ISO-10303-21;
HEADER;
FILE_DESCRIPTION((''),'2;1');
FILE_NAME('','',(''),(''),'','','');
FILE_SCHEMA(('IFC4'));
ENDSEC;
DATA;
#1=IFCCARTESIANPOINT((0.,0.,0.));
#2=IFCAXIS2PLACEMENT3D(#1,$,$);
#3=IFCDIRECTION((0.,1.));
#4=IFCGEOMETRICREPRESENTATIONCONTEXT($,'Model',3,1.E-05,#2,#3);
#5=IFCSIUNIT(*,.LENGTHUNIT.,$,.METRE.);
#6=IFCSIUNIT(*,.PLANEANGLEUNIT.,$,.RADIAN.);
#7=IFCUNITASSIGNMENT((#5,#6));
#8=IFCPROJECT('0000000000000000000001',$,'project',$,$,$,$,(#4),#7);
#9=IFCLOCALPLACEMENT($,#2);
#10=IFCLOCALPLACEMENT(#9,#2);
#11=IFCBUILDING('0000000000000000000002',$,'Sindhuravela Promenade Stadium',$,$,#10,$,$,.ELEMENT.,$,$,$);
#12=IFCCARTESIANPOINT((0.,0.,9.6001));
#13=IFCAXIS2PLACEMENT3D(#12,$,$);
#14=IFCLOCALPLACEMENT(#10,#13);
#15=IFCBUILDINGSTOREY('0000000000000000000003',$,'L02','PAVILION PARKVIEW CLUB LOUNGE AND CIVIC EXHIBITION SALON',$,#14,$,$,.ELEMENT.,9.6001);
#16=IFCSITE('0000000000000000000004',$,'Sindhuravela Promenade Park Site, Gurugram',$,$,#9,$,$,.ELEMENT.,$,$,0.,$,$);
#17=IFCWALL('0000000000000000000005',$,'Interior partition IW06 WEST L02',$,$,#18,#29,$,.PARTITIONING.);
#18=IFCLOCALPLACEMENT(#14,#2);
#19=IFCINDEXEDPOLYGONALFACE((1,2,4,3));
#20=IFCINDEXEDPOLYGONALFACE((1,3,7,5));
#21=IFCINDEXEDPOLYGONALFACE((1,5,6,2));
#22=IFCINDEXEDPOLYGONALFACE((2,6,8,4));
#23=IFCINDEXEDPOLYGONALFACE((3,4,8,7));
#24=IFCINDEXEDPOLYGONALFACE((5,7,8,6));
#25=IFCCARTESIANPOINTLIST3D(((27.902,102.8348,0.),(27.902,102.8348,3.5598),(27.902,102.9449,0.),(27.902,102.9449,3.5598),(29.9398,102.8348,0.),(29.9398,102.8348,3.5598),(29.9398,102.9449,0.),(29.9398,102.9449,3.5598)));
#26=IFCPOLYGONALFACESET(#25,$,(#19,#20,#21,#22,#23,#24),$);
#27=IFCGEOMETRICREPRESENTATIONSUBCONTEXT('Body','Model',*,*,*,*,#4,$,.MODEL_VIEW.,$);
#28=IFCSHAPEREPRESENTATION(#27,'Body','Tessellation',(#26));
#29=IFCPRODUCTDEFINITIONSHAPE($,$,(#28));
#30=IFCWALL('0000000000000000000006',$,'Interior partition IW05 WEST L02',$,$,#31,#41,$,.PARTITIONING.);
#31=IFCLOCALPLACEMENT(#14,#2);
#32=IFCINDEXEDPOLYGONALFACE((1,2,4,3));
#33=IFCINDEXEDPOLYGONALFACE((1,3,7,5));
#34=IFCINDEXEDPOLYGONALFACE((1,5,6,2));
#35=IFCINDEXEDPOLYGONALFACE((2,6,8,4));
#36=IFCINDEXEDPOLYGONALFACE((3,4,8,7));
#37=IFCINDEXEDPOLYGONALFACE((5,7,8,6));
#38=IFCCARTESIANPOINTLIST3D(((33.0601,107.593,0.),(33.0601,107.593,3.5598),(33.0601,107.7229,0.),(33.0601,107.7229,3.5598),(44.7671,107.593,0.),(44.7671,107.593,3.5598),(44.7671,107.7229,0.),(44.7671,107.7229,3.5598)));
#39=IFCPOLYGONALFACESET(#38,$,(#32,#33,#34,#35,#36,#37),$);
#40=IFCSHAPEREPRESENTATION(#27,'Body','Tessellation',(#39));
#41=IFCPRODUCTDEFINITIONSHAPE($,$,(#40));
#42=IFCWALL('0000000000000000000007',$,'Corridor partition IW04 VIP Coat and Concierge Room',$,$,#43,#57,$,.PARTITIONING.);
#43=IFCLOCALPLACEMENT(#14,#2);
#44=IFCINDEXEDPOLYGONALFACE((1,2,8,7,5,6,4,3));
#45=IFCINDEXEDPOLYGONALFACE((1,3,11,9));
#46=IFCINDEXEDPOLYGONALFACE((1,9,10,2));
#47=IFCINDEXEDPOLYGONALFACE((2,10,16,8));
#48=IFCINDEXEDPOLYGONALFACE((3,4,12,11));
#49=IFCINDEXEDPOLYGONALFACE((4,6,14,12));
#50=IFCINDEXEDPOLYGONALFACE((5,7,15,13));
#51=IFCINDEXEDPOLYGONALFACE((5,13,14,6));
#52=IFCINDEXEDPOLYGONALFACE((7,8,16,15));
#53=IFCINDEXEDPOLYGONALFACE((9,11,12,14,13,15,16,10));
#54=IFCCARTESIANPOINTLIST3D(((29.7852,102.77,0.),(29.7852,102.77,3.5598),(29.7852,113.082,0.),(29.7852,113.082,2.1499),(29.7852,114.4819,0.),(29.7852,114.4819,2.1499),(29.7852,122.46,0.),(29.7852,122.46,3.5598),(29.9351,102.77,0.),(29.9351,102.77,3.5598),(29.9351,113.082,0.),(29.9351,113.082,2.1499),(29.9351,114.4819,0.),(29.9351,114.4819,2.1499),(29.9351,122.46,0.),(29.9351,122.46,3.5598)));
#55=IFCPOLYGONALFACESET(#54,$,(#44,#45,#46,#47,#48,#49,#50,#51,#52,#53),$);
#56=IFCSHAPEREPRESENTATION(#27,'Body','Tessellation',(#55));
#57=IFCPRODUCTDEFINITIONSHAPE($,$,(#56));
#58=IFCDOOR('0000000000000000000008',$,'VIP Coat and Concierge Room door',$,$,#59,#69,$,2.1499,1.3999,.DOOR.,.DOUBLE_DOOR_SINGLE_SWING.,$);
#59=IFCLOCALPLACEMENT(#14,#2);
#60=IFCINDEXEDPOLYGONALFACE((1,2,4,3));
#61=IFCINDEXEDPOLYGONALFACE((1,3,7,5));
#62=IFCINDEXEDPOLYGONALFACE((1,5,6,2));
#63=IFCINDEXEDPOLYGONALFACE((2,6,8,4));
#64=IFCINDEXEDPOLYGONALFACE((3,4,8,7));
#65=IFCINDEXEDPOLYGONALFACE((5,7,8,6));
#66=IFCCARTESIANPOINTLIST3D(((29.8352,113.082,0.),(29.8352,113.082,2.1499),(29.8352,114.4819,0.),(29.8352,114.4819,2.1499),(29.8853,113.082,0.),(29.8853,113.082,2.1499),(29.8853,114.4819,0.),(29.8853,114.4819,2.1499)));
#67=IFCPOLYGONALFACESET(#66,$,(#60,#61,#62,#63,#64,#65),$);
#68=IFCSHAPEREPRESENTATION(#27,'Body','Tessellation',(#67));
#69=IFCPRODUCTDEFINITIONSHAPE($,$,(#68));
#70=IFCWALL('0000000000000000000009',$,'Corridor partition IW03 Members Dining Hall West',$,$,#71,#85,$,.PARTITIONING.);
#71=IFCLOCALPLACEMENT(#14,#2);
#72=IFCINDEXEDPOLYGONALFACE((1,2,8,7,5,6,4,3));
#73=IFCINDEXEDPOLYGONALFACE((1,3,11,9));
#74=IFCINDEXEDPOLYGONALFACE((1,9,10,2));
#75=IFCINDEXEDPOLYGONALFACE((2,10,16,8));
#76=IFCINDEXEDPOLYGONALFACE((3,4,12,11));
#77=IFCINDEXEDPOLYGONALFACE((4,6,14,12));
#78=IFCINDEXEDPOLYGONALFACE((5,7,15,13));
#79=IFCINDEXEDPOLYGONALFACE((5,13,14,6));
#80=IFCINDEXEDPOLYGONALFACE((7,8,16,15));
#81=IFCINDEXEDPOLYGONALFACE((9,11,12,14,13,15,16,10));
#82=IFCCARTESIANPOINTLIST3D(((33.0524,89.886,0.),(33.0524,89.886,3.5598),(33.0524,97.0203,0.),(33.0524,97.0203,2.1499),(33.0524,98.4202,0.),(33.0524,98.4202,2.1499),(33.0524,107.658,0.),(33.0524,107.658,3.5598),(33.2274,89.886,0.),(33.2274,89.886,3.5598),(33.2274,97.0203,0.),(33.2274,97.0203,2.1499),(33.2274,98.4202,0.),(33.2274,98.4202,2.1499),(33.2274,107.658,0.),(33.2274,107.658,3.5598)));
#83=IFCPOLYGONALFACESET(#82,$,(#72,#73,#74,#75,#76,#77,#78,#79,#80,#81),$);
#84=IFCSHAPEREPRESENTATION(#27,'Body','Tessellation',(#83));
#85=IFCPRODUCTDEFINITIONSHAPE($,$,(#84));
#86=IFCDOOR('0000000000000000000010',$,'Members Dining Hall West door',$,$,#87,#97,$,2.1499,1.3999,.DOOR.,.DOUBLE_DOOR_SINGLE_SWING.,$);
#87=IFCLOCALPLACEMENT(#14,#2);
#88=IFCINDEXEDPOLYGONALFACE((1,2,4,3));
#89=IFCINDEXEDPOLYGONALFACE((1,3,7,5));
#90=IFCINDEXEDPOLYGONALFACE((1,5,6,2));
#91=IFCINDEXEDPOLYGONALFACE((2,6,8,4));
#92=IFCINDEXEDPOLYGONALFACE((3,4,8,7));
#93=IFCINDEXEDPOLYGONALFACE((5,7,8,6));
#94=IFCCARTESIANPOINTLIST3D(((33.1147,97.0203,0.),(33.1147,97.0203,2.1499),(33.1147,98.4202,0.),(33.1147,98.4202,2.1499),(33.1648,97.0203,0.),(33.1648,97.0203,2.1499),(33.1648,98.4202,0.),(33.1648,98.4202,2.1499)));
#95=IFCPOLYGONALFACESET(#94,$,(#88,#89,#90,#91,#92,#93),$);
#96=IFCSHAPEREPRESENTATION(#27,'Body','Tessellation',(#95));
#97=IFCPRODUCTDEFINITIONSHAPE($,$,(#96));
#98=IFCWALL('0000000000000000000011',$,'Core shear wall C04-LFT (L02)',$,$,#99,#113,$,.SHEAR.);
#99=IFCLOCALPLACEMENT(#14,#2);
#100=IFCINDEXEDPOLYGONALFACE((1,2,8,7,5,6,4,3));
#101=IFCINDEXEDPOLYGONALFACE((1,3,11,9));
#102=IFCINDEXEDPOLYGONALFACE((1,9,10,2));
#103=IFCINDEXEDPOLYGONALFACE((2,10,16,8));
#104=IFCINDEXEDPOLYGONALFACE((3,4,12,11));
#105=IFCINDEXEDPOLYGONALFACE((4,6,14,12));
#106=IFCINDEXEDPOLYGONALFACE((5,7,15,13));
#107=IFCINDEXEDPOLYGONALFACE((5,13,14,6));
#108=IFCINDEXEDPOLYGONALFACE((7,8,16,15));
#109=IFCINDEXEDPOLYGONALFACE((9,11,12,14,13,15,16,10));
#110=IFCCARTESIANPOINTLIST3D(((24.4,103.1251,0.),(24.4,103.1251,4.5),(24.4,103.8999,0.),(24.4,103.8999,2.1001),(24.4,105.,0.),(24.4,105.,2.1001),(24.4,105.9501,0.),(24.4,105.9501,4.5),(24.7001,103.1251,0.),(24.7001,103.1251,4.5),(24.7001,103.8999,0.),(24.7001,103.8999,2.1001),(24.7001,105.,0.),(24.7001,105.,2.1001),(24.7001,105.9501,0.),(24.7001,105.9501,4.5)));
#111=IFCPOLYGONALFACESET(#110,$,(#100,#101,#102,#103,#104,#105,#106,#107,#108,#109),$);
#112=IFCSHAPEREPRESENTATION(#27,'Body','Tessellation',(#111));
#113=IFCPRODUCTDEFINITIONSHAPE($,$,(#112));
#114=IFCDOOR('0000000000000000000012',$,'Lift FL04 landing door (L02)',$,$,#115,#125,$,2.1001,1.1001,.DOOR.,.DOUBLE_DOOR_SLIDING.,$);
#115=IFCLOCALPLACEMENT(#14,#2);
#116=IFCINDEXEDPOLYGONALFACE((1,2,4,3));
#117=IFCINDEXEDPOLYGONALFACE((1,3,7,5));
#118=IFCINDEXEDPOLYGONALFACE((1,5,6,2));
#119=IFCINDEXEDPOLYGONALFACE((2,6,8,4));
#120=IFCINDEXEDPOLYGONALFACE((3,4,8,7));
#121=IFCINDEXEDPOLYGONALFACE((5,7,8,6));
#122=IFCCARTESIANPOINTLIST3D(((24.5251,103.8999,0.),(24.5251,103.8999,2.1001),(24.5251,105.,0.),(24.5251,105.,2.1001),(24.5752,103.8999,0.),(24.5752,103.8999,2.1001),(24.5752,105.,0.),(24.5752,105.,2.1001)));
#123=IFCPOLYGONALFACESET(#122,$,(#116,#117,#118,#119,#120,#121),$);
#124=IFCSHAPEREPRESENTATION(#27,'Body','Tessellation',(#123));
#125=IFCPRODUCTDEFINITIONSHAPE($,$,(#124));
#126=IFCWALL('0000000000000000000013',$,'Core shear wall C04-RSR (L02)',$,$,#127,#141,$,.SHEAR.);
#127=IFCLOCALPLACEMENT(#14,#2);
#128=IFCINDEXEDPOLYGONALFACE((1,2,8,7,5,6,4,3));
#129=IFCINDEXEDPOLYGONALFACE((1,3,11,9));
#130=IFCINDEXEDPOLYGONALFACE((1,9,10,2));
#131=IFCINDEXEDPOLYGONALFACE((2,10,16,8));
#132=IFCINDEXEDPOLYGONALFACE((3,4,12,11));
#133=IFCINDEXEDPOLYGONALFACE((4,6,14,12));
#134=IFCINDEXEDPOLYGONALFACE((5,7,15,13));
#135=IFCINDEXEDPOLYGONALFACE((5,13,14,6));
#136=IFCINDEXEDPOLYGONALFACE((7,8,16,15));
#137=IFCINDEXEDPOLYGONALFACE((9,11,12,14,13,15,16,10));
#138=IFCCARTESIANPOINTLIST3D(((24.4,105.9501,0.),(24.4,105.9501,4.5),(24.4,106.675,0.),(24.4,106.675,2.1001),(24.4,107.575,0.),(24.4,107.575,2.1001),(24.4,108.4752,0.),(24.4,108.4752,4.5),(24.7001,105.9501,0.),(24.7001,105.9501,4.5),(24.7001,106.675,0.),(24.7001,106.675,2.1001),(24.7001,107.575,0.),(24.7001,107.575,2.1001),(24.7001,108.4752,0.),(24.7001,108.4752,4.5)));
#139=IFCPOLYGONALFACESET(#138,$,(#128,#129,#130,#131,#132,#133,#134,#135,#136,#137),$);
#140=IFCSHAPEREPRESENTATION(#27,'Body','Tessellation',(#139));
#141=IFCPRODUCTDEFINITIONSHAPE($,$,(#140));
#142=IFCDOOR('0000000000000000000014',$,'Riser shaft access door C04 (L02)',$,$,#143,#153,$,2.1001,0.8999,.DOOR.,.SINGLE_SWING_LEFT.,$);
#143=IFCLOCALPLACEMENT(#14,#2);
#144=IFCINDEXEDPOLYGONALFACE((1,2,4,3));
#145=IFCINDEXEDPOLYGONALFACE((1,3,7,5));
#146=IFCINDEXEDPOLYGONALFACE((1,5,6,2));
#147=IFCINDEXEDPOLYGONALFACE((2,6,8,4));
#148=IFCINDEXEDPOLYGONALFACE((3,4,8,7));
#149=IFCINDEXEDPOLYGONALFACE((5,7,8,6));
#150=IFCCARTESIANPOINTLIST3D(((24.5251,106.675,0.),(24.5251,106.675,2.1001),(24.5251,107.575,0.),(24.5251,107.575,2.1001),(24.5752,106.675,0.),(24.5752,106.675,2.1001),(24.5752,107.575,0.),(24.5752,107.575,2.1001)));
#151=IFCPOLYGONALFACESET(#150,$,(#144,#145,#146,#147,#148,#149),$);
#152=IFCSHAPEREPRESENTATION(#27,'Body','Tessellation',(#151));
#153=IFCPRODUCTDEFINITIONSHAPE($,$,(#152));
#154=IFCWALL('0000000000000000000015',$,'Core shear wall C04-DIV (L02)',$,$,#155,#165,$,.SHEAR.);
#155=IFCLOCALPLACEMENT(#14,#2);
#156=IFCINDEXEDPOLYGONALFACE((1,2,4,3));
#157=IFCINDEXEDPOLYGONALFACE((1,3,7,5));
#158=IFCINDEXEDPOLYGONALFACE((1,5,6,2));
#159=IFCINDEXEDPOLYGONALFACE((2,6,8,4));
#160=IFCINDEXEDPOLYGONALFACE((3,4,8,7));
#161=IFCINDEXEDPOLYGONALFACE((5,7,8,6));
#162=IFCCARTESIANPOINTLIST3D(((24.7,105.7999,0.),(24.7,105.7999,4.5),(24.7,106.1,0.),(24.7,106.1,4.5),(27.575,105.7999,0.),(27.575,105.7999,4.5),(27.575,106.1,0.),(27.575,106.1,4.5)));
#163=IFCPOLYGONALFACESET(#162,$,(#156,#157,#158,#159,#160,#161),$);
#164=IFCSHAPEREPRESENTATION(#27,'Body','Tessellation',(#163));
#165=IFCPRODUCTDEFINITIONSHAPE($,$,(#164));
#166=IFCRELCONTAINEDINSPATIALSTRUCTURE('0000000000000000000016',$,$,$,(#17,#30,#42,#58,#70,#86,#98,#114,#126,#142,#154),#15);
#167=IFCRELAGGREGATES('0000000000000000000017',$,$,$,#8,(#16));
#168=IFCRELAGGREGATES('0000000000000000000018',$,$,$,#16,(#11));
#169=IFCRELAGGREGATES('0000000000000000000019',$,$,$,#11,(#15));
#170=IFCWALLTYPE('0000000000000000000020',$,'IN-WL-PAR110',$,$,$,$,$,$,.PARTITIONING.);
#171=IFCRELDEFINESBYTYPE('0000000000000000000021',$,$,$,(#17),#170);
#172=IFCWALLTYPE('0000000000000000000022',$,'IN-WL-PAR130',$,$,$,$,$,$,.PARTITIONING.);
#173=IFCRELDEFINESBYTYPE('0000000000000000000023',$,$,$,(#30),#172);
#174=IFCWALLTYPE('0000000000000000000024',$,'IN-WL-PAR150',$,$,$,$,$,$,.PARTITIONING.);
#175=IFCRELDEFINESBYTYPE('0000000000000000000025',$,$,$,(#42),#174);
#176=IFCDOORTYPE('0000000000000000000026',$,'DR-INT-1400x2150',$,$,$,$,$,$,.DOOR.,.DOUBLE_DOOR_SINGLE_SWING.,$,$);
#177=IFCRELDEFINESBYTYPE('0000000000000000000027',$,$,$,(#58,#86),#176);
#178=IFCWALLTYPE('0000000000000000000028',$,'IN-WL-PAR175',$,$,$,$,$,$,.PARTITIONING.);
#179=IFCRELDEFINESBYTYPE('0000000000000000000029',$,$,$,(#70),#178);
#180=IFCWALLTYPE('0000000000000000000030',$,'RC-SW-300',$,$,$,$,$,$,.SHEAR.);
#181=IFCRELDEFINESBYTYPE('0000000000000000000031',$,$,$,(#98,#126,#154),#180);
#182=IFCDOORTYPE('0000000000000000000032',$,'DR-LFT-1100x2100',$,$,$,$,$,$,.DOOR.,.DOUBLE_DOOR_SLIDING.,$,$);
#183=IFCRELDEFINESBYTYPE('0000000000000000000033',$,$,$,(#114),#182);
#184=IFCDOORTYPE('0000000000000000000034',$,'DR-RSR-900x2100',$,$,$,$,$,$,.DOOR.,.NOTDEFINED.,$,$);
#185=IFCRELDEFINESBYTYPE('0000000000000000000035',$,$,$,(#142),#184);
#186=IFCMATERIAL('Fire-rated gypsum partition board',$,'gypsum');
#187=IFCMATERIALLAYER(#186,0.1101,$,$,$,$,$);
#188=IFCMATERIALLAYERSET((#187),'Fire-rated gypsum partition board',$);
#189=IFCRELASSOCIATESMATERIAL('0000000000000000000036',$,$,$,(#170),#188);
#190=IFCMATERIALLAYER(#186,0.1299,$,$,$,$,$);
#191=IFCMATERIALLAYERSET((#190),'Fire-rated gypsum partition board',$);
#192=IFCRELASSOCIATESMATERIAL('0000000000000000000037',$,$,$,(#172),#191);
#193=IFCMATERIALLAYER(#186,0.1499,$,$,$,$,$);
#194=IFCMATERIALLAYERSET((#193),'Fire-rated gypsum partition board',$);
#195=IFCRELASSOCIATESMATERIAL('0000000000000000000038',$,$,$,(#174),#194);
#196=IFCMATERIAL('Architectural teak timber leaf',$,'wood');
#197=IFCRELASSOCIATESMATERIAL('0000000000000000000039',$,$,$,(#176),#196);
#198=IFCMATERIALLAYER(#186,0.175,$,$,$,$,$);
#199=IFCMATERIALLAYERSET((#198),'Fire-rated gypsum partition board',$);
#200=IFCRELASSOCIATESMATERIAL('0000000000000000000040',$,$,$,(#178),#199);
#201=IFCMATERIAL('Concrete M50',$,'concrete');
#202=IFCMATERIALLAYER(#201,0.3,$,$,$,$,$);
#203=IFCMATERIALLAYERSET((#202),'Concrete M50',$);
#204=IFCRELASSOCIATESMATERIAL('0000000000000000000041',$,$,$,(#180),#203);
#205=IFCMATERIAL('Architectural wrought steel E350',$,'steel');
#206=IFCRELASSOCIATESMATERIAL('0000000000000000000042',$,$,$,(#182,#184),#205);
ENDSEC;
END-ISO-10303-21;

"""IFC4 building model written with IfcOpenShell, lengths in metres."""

from ifc_helpers import new_model, si_unit, direction, frame, frame_2d, origin, place, context, subcontext, project, spatial, rectangle, extrude, material, layer, layer_set, type_object, element, fill, save


model = new_model("IFC4")

# Units and contexts
model_context = context("Model", 3, precision=1e-05, world=origin(), true_north=direction((0.0, 1.0)))
body_context = subcontext(model_context, "Body", "Model", "MODEL_VIEW")
ifc_project = project(units=[si_unit("LENGTHUNIT", "METRE"), si_unit("PLANEANGLEUNIT", "RADIAN")], contexts=[model_context])

# Site, building, storey
site_placement = place(None, origin())
site = spatial("IfcSite", under=ifc_project, at=site_placement, Name="Sindhuravela Promenade Park Site, Gurugram", CompositionType="ELEMENT", RefElevation=0.0)
building_placement = place(site_placement, origin())
building = spatial("IfcBuilding", under=site, at=building_placement, Name="Sindhuravela Promenade Stadium", CompositionType="ELEMENT")
storey_placement = place(building_placement, frame((0.0, 0.0, 9.6001)))
storey = spatial("IfcBuildingStorey", under=building, at=storey_placement, Name="L02", Description="PAVILION PARKVIEW CLUB LOUNGE AND CIVIC EXHIBITION SALON", CompositionType="ELEMENT", Elevation=9.6001)

# Shared definitions
ifc_material_1 = material(Name="Concrete M50", Category="concrete")

# Walls
ifc_material_2 = material(Name="Fire-rated gypsum partition board", Category="gypsum")
ifc_layer_1 = layer(ifc_material_2, 0.1101)
ifc_layer_set_1 = layer_set([ifc_layer_1], Name="Fire-rated gypsum partition board")
wall_type_1 = type_object("IfcWallType", Name="IN-WL-PAR110", PredefinedType="PARTITIONING", material=ifc_layer_set_1)
wall_1_placement = place(storey_placement, frame((29.9399, 102.8899, 0.0), z_axis=(0.0, 0.0, 1.0), x_axis=(-1.0, 0.0, 0.0)))
element("IfcWall", 1, at=wall_1_placement, inside=storey, type_object=wall_type_1, Name="Interior partition IW06 WEST L02", PredefinedType="PARTITIONING", context=body_context, shape_type="SweptSolid", body=[
    extrude(rectangle(XDim=2.0378, YDim=0.1101, at=frame_2d((1.019, 0.0))), origin(), (0.0, 0.0, 1.0), 3.5598),
])
ifc_layer_2 = layer(ifc_material_2, 0.1299)
ifc_layer_set_2 = layer_set([ifc_layer_2], Name="Fire-rated gypsum partition board")
wall_type_2 = type_object("IfcWallType", Name="IN-WL-PAR130", PredefinedType="PARTITIONING", material=ifc_layer_set_2)
wall_2_placement = place(storey_placement, frame((33.0601, 107.658, 0.0), z_axis=(0.0, 0.0, 1.0), x_axis=(1.0, 0.0, 0.0)))
element("IfcWall", 2, at=wall_2_placement, inside=storey, type_object=wall_type_2, Name="Interior partition IW05 WEST L02", PredefinedType="PARTITIONING", context=body_context, shape_type="SweptSolid", body=[
    extrude(rectangle(XDim=11.707, YDim=0.1299, at=frame_2d((5.8535, 0.0))), origin(), (0.0, 0.0, 1.0), 3.5598),
])

# Walls, openings, doors
ifc_layer_3 = layer(ifc_material_2, 0.1499)
ifc_layer_set_3 = layer_set([ifc_layer_3], Name="Fire-rated gypsum partition board")
wall_type_3 = type_object("IfcWallType", Name="IN-WL-PAR150", PredefinedType="PARTITIONING", material=ifc_layer_set_3)
wall_3_placement = place(storey_placement, frame((29.8601, 102.77, 0.0), z_axis=(0.0, 0.0, 1.0), x_axis=(0.0, 1.0, 0.0)))
wall_3 = element("IfcWall", 3, at=wall_3_placement, inside=storey, type_object=wall_type_3, Name="Corridor partition IW04 VIP Coat and Concierge Room", PredefinedType="PARTITIONING", context=body_context, shape_type="SweptSolid", body=[
    extrude(rectangle(XDim=19.6899, YDim=0.1499, at=frame_2d((9.845, 0.0))), origin(), (0.0, 0.0, 1.0), 3.5598),
])
opening_1_placement = place(wall_3_placement, frame((10.312, 0.0, 0.0)))
opening_1 = element("IfcOpeningElement", 4, at=opening_1_placement, cuts=wall_3, PredefinedType="OPENING", context=body_context, shape_type="SweptSolid", body=[
    extrude(rectangle(XDim=1.3999, YDim=2.1499, at=frame_2d((0.7, 1.075))), frame((0.0, 0.085, 0.0), z_axis=(0.0, -1.0, 0.0), x_axis=(1.0, 0.0, 0.0)), (0.0, 0.0, 1.0), 0.1699),
])
ifc_material_3 = material(Name="Architectural teak timber leaf", Category="wood")
door_type_1 = type_object("IfcDoorType", Name="DR-INT-1400x2150", OperationType="DOUBLE_DOOR_SINGLE_SWING", PredefinedType="DOOR", material=ifc_material_3)
door_1_placement = place(opening_1_placement, origin())
door_1 = element("IfcDoor", 5, at=door_1_placement, inside=storey, type_object=door_type_1, Name="VIP Coat and Concierge Room door", OperationType="DOUBLE_DOOR_SINGLE_SWING", OverallHeight=2.1499, OverallWidth=1.3999, PredefinedType="DOOR", context=body_context, shape_type="SweptSolid", body=[
    extrude(rectangle(XDim=1.3999, YDim=2.1499, at=frame_2d((0.7, 1.075))), frame((0.0, 0.0249, 0.0), z_axis=(0.0, -1.0, 0.0), x_axis=(1.0, 0.0, 0.0)), (0.0, 0.0, 1.0), 0.05),
])
fill(opening_1, door_1)
ifc_layer_4 = layer(ifc_material_2, 0.175)
ifc_layer_set_4 = layer_set([ifc_layer_4], Name="Fire-rated gypsum partition board")
wall_type_4 = type_object("IfcWallType", Name="IN-WL-PAR175", PredefinedType="PARTITIONING", material=ifc_layer_set_4)
wall_4_placement = place(storey_placement, frame((33.1399, 107.658, 0.0), z_axis=(0.0, 0.0, 1.0), x_axis=(0.0, -1.0, 0.0)))
wall_4 = element("IfcWall", 6, at=wall_4_placement, inside=storey, type_object=wall_type_4, Name="Corridor partition IW03 Members Dining Hall West", PredefinedType="PARTITIONING", context=body_context, shape_type="SweptSolid", body=[
    extrude(rectangle(XDim=17.772, YDim=0.175, at=frame_2d((8.886, 0.0))), origin(), (0.0, 0.0, 1.0), 3.5598),
])
opening_2_placement = place(wall_4_placement, frame((9.2378, 0.0, 0.0)))
opening_2 = element("IfcOpeningElement", 7, at=opening_2_placement, cuts=wall_4, PredefinedType="OPENING", context=body_context, shape_type="SweptSolid", body=[
    extrude(rectangle(XDim=1.3999, YDim=2.1499, at=frame_2d((0.7, 1.075))), frame((0.0, 0.0974, 0.0), z_axis=(0.0, -1.0, 0.0), x_axis=(1.0, 0.0, 0.0)), (0.0, 0.0, 1.0), 0.1951),
])
door_2_placement = place(opening_2_placement, origin())
door_2 = element("IfcDoor", 8, at=door_2_placement, inside=storey, type_object=door_type_1, Name="Members Dining Hall West door", OperationType="DOUBLE_DOOR_SINGLE_SWING", OverallHeight=2.1499, OverallWidth=1.3999, PredefinedType="DOOR", context=body_context, shape_type="SweptSolid", body=[
    extrude(rectangle(XDim=1.3999, YDim=2.1499, at=frame_2d((0.7, 1.075))), frame((0.0, 0.0249, 0.0), z_axis=(0.0, -1.0, 0.0), x_axis=(1.0, 0.0, 0.0)), (0.0, 0.0, 1.0), 0.05),
])
fill(opening_2, door_2)
ifc_layer_5 = layer(ifc_material_1, 0.3)
ifc_layer_set_5 = layer_set([ifc_layer_5], Name="Concrete M50")
wall_type_5 = type_object("IfcWallType", Name="RC-SW-300", PredefinedType="SHEAR", material=ifc_layer_set_5)
wall_5_placement = place(storey_placement, frame((24.55, 103.125, 0.0), z_axis=(0.0, 0.0, 1.0), x_axis=(0.0, 1.0, 0.0)))
wall_5 = element("IfcWall", 9, at=wall_5_placement, inside=storey, type_object=wall_type_5, Name="Core shear wall C04-LFT (L02)", PredefinedType="SHEAR", context=body_context, shape_type="SweptSolid", body=[
    extrude(rectangle(XDim=2.825, YDim=0.3, at=frame_2d((1.4126, 0.0))), origin(), (0.0, 0.0, 1.0), 4.5),
])
opening_3_placement = place(wall_5_placement, frame((0.7749, 0.0, 0.0)))
opening_3 = element("IfcOpeningElement", 10, at=opening_3_placement, cuts=wall_5, PredefinedType="OPENING", context=body_context, shape_type="SweptSolid", body=[
    extrude(rectangle(XDim=1.1001, YDim=2.1001, at=frame_2d((0.55, 1.05))), frame((0.0, 0.1599, 0.0), z_axis=(0.0, -1.0, 0.0), x_axis=(1.0, 0.0, 0.0)), (0.0, 0.0, 1.0), 0.3201),
])
ifc_material_4 = material(Name="Architectural wrought steel E350", Category="steel")
door_type_2 = type_object("IfcDoorType", Name="DR-LFT-1100x2100", OperationType="DOUBLE_DOOR_SLIDING", PredefinedType="DOOR", material=ifc_material_4)
door_3_placement = place(opening_3_placement, origin())
door_3 = element("IfcDoor", 11, at=door_3_placement, inside=storey, type_object=door_type_2, Name="Lift FL04 landing door (L02)", OperationType="DOUBLE_DOOR_SLIDING", OverallHeight=2.1001, OverallWidth=1.1001, PredefinedType="DOOR", context=body_context, shape_type="SweptSolid", body=[
    extrude(rectangle(XDim=1.1001, YDim=2.1001, at=frame_2d((0.55, 1.05))), frame((0.0, 0.0249, 0.0), z_axis=(0.0, -1.0, 0.0), x_axis=(1.0, 0.0, 0.0)), (0.0, 0.0, 1.0), 0.05),
])
fill(opening_3, door_3)
wall_6_placement = place(storey_placement, frame((24.55, 105.95, 0.0), z_axis=(0.0, 0.0, 1.0), x_axis=(0.0, 1.0, 0.0)))
wall_6 = element("IfcWall", 12, at=wall_6_placement, inside=storey, type_object=wall_type_5, Name="Core shear wall C04-RSR (L02)", PredefinedType="SHEAR", context=body_context, shape_type="SweptSolid", body=[
    extrude(rectangle(XDim=2.5251, YDim=0.3, at=frame_2d((1.2627, 0.0))), origin(), (0.0, 0.0, 1.0), 4.5),
])
opening_4_placement = place(wall_6_placement, frame((0.7251, 0.0, 0.0)))
opening_4 = element("IfcOpeningElement", 13, at=opening_4_placement, cuts=wall_6, PredefinedType="OPENING", context=body_context, shape_type="SweptSolid", body=[
    extrude(rectangle(XDim=0.8999, YDim=2.1001, at=frame_2d((0.45, 1.05))), frame((0.0, 0.1599, 0.0), z_axis=(0.0, -1.0, 0.0), x_axis=(1.0, 0.0, 0.0)), (0.0, 0.0, 1.0), 0.3201),
])
door_type_3 = type_object("IfcDoorType", Name="DR-RSR-900x2100", OperationType="NOTDEFINED", PredefinedType="DOOR", material=ifc_material_4)
door_4_placement = place(opening_4_placement, origin())
door_4 = element("IfcDoor", 14, at=door_4_placement, inside=storey, type_object=door_type_3, Name="Riser shaft access door C04 (L02)", OperationType="SINGLE_SWING_LEFT", OverallHeight=2.1001, OverallWidth=0.8999, PredefinedType="DOOR", context=body_context, shape_type="SweptSolid", body=[
    extrude(rectangle(XDim=0.8999, YDim=2.1001, at=frame_2d((0.45, 1.05))), frame((0.0, 0.0249, 0.0), z_axis=(0.0, -1.0, 0.0), x_axis=(1.0, 0.0, 0.0)), (0.0, 0.0, 1.0), 0.05),
])
fill(opening_4, door_4)

# Wall
wall_7_placement = place(storey_placement, frame((24.7, 105.95, 0.0), z_axis=(0.0, 0.0, 1.0), x_axis=(1.0, 0.0, 0.0)))
element("IfcWall", 15, at=wall_7_placement, inside=storey, type_object=wall_type_5, Name="Core shear wall C04-DIV (L02)", PredefinedType="SHEAR", context=body_context, shape_type="SweptSolid", body=[
    extrude(rectangle(XDim=2.875, YDim=0.3, at=frame_2d((1.4375, 0.0))), origin(), (0.0, 0.0, 1.0), 4.5),
])

save(model, "model.ifc")
